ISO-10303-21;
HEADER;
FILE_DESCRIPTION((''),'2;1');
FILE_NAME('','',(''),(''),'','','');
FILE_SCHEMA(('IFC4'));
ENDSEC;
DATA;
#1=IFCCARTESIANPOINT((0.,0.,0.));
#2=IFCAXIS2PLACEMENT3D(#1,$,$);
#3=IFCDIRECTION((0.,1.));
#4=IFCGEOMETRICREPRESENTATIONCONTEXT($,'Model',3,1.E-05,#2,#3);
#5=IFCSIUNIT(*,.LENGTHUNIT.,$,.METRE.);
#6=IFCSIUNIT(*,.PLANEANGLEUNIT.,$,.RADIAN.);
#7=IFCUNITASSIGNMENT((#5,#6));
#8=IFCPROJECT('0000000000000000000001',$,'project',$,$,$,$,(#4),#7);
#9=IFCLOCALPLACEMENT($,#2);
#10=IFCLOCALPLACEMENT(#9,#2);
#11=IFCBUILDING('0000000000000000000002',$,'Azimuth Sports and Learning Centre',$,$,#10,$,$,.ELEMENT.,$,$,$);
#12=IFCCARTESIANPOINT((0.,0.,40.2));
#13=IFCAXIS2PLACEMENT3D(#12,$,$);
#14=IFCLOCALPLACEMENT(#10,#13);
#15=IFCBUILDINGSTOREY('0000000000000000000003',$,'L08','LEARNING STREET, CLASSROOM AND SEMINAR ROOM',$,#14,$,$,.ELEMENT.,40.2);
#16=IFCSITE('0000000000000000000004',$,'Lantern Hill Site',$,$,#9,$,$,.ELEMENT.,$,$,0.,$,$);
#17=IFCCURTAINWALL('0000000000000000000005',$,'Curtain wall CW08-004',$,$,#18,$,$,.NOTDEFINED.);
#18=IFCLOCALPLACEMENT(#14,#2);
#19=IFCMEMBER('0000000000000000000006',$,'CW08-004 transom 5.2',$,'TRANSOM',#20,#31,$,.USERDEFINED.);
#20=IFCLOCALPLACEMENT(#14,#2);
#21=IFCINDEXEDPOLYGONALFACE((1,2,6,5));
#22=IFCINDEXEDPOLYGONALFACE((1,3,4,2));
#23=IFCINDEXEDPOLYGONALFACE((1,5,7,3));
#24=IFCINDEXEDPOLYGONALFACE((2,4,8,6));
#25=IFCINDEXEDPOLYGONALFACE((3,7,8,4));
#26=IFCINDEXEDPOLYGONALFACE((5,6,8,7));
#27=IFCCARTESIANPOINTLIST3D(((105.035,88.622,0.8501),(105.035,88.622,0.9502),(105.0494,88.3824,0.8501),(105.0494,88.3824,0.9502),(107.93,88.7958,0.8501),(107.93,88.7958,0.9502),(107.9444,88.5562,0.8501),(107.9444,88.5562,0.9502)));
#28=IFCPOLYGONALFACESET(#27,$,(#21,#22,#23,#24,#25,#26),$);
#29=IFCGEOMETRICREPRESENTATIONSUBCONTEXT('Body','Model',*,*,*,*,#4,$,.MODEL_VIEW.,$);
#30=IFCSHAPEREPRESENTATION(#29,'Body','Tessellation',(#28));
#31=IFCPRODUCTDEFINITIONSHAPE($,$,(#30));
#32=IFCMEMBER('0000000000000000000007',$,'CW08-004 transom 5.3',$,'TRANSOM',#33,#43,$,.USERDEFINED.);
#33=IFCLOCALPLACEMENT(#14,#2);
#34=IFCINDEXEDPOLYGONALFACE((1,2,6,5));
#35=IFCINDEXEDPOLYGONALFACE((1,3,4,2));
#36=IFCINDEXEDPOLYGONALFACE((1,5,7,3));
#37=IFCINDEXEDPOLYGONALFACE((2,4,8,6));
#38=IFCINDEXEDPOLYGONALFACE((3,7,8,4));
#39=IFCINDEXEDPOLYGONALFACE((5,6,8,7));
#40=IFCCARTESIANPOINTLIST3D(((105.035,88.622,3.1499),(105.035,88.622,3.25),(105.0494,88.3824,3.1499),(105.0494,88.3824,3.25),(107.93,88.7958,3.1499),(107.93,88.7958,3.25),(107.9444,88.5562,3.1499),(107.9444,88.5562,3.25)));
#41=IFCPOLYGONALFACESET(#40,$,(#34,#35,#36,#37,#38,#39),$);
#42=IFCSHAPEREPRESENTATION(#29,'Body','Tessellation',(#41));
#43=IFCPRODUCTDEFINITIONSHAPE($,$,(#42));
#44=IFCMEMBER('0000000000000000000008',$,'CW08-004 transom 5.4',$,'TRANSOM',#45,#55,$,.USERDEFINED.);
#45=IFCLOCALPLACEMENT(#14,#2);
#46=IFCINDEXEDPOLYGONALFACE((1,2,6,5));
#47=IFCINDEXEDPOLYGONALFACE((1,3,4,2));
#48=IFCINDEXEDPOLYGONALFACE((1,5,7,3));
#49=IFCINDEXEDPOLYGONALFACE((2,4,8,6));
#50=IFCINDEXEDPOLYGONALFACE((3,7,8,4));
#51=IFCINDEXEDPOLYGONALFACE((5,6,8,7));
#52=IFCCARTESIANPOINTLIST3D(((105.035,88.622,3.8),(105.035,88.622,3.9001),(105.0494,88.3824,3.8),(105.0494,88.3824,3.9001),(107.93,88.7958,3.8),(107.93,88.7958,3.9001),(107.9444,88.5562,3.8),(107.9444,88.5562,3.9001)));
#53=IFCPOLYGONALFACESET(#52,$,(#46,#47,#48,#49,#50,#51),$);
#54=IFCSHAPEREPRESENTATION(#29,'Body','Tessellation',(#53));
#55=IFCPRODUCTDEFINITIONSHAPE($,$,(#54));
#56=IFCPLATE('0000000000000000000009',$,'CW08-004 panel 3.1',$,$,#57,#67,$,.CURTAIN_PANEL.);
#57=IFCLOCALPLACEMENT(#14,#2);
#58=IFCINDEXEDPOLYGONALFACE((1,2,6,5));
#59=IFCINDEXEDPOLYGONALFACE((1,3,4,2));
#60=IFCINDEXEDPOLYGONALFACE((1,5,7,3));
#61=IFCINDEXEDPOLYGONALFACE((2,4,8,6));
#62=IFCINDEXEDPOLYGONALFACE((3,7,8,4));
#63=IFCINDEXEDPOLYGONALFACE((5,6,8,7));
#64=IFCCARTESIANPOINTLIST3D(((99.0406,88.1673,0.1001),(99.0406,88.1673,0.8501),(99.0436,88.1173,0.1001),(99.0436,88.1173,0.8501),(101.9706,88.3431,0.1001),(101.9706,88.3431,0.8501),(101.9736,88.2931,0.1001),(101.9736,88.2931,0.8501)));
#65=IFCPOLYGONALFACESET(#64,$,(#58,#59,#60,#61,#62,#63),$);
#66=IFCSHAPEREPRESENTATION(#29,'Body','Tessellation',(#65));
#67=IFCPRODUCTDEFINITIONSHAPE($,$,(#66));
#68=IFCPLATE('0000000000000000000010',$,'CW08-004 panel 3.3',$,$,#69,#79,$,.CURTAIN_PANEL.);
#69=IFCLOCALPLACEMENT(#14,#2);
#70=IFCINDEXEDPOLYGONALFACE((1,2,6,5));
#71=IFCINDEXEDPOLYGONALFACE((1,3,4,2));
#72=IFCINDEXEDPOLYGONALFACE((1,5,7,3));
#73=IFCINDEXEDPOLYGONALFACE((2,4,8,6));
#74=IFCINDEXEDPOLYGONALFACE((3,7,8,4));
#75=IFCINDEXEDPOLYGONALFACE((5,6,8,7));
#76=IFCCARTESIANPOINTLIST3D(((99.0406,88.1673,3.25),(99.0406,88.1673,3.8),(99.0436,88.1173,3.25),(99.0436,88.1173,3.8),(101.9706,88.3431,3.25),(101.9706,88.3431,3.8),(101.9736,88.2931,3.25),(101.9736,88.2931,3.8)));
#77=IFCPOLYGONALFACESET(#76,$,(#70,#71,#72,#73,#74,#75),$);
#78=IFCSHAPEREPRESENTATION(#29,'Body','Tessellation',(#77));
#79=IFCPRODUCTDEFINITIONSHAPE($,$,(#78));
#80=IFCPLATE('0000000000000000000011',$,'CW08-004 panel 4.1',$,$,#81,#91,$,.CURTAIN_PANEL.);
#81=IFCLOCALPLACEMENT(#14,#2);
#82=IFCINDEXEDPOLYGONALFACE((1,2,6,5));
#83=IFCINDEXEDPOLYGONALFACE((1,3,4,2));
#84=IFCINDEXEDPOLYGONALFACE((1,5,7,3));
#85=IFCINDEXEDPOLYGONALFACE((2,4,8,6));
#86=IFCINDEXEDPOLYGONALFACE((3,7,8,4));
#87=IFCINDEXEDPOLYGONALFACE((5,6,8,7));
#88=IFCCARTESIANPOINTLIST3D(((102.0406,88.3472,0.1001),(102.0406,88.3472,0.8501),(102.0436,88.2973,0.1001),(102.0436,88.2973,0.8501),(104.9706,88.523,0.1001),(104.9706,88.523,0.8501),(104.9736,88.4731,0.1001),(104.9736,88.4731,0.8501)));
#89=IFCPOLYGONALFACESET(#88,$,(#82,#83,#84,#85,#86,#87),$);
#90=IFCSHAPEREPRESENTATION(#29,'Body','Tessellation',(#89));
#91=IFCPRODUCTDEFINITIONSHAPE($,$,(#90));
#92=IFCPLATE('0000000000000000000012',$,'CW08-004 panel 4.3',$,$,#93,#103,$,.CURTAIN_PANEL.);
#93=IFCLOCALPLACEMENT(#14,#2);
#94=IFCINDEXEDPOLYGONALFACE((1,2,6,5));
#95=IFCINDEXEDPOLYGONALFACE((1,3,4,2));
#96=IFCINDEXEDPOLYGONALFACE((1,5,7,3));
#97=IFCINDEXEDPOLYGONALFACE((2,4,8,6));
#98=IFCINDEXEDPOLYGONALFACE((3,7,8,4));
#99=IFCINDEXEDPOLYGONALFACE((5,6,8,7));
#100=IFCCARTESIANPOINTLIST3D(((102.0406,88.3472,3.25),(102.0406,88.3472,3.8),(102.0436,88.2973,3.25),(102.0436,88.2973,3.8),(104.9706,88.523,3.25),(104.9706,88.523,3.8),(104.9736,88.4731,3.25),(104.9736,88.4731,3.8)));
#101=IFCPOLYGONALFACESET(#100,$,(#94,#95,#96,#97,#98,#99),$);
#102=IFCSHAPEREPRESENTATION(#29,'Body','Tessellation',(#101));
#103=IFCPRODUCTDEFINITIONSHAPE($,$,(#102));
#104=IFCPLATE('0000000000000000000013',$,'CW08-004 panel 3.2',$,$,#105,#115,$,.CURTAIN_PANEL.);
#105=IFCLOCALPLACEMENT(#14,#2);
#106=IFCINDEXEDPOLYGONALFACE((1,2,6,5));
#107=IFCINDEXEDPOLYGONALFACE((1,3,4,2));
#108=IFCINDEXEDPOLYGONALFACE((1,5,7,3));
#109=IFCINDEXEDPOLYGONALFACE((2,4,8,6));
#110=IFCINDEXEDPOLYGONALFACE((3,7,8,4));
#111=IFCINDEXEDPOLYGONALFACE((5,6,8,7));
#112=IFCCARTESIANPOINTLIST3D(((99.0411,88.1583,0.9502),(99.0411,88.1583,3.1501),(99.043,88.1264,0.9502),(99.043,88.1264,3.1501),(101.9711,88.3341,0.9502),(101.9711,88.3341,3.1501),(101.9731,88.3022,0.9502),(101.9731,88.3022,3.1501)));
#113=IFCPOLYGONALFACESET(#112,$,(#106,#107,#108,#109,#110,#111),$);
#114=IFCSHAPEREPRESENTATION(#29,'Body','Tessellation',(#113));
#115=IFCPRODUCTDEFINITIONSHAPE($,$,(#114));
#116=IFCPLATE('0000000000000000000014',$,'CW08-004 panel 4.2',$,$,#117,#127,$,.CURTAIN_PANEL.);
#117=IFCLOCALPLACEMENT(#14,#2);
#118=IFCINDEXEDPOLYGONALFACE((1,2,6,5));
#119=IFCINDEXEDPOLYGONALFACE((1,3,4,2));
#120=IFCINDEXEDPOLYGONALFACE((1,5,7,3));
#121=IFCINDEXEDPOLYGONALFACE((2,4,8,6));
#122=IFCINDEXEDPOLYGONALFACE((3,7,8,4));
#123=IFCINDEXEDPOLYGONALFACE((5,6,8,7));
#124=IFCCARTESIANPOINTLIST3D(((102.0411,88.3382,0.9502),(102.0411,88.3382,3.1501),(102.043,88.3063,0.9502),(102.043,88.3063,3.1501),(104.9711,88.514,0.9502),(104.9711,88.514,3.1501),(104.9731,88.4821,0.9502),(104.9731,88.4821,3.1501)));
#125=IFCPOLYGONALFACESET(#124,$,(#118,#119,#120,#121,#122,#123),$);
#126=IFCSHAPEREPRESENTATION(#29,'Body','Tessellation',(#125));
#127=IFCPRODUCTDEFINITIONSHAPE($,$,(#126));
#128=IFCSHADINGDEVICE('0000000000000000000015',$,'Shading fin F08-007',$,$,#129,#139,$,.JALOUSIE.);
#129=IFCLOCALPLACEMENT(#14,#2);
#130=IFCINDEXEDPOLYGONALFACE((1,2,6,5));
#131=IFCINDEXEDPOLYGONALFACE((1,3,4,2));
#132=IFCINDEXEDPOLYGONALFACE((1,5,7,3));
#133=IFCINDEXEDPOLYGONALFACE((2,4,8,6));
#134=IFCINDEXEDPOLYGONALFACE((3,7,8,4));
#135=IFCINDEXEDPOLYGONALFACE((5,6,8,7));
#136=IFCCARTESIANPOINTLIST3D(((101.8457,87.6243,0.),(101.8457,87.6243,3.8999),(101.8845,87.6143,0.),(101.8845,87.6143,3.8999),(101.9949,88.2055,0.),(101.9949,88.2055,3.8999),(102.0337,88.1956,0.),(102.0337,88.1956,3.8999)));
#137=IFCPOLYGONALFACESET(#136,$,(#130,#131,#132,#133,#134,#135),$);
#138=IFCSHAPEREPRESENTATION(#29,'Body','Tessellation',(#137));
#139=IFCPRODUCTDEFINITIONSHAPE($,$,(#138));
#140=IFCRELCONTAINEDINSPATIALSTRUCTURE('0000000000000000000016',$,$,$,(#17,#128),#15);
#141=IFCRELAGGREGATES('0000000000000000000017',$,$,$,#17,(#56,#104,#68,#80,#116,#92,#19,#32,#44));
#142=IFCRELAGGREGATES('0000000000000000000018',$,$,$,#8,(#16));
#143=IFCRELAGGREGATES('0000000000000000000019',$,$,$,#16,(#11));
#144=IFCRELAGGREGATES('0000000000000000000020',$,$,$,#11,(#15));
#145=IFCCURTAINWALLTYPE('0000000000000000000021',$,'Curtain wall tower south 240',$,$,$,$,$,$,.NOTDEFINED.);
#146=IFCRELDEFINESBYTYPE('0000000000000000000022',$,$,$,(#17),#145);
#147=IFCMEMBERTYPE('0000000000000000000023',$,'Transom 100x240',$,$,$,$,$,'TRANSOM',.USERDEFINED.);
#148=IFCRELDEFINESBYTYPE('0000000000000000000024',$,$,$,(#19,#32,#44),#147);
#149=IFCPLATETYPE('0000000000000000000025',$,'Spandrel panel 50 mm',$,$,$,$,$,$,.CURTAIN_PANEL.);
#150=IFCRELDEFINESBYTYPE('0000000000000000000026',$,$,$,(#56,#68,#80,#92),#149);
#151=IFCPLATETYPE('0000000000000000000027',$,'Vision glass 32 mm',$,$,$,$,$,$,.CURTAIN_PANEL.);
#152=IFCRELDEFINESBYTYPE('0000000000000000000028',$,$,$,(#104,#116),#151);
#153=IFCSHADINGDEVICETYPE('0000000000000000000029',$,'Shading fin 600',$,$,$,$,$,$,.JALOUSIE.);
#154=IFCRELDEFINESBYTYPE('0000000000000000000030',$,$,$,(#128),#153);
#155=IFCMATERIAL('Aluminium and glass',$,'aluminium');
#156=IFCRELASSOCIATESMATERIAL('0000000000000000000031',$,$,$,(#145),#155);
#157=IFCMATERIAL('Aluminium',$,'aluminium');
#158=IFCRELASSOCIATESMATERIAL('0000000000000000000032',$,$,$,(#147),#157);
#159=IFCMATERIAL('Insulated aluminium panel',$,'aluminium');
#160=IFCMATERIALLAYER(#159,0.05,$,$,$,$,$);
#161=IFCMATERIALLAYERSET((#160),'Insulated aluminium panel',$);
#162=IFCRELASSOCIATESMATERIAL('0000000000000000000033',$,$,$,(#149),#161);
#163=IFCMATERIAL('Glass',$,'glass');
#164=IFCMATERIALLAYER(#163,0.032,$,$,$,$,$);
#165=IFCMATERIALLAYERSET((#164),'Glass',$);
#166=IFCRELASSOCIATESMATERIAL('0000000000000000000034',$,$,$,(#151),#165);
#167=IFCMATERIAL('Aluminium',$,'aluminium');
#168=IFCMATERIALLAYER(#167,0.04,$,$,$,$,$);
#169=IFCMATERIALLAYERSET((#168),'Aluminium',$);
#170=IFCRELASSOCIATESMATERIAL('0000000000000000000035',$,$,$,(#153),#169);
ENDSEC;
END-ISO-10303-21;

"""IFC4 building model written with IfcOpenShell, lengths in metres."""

from ifc_helpers import new_model, si_unit, direction, frame, origin, origin_2d, place, context, subcontext, project, spatial, rectangle, extrude, material, layer, layer_set, material_profile, profile_set, type_object, element, aggregate, save


model = new_model("IFC4")

# Units and contexts
model_context = context("Model", 3, precision=1e-05, world=origin(), true_north=direction((0.0, 1.0)))
body_context = subcontext(model_context, "Body", "Model", "MODEL_VIEW")
ifc_project = project(units=[si_unit("LENGTHUNIT", "METRE"), si_unit("PLANEANGLEUNIT", "RADIAN")], contexts=[model_context])

# Site, building, storey
site_placement = place(None, origin())
site = spatial("IfcSite", under=ifc_project, at=site_placement, Name="Lantern Hill Site", CompositionType="ELEMENT", RefElevation=0.0)
building_placement = place(site_placement, origin())
building = spatial("IfcBuilding", under=site, at=building_placement, Name="Azimuth Sports and Learning Centre", CompositionType="ELEMENT")
storey_placement = place(building_placement, frame((0.0, 0.0, 40.2)))
storey = spatial("IfcBuildingStorey", under=building, at=storey_placement, Name="L08", Description="LEARNING STREET, CLASSROOM AND SEMINAR ROOM", CompositionType="ELEMENT", Elevation=40.2)

# Curtain wall, members, plates
ifc_material_1 = material(Name="Aluminium and glass", Category="aluminium")
curtain_wall_type = type_object("IfcCurtainWallType", Name="Curtain wall tower south 240", PredefinedType="NOTDEFINED", material=ifc_material_1)
curtain_wall_placement = place(storey_placement, origin())
curtain_wall = element("IfcCurtainWall", 1, at=curtain_wall_placement, inside=storey, type_object=curtain_wall_type, Name="Curtain wall CW08-004", PredefinedType="NOTDEFINED")
ifc_material_2 = material(Name="Aluminium", Category="aluminium")
ifc_material_profile_1 = material_profile(ifc_material_2, rectangle(XDim=0.24, YDim=0.1001, at=origin_2d()), Name="Transom 100x240")
ifc_profile_set_1 = profile_set([ifc_material_profile_1], Name="Aluminium")
member_type_1 = type_object("IfcMemberType", Name="Transom 100x240", ElementType="TRANSOM", PredefinedType="USERDEFINED", material=ifc_profile_set_1)
member_1_placement = place(storey_placement, frame((105.0422, 88.5022, 0.9001), z_axis=(0.998202, 0.059936, 0.0), x_axis=(-0.059936, 0.998202, 0.0)))
member_1 = element("IfcMember", 2, at=member_1_placement, type_object=member_type_1, Name="CW08-004 transom 5.2", ObjectType="TRANSOM", PredefinedType="USERDEFINED", context=body_context, shape_type="SweptSolid", body=[
    extrude(rectangle(XDim=0.24, YDim=0.1001, at=origin_2d()), origin(), (0.0, 0.0, 1.0), 2.9001),
])
member_2_placement = place(storey_placement, frame((105.0422, 88.5022, 3.2), z_axis=(0.998202, 0.059936, 0.0), x_axis=(-0.059936, 0.998202, 0.0)))
member_2 = element("IfcMember", 3, at=member_2_placement, type_object=member_type_1, Name="CW08-004 transom 5.3", ObjectType="TRANSOM", PredefinedType="USERDEFINED", context=body_context, shape_type="SweptSolid", body=[
    extrude(rectangle(XDim=0.24, YDim=0.1001, at=origin_2d()), origin(), (0.0, 0.0, 1.0), 2.9001),
])
member_3_placement = place(storey_placement, frame((105.0422, 88.5022, 3.8501), z_axis=(0.998202, 0.059936, 0.0), x_axis=(-0.059936, 0.998202, 0.0)))
member_3 = element("IfcMember", 4, at=member_3_placement, type_object=member_type_1, Name="CW08-004 transom 5.4", ObjectType="TRANSOM", PredefinedType="USERDEFINED", context=body_context, shape_type="SweptSolid", body=[
    extrude(rectangle(XDim=0.24, YDim=0.1001, at=origin_2d()), origin(), (0.0, 0.0, 1.0), 2.9001),
])
ifc_material_3 = material(Name="Insulated aluminium panel", Category="aluminium")
ifc_layer_1 = layer(ifc_material_3, 0.05)
ifc_layer_set_1 = layer_set([ifc_layer_1], Name="Insulated aluminium panel")
plate_type_1 = type_object("IfcPlateType", Name="Spandrel panel 50 mm", PredefinedType="CURTAIN_PANEL", material=ifc_layer_set_1)
plate_1_placement = place(storey_placement, frame((100.5071, 88.2302, 0.1001), z_axis=(0.0, 0.0, 1.0), x_axis=(0.998205, 0.059892, 0.0)))
plate_1 = element("IfcPlate", 5, at=plate_1_placement, type_object=plate_type_1, Name="CW08-004 panel 3.1", PredefinedType="CURTAIN_PANEL", context=body_context, shape_type="SweptSolid", body=[
    extrude(rectangle(XDim=2.9353, YDim=0.05, at=origin_2d()), origin(), (0.0, 0.0, 1.0), 0.75),
])
plate_2_placement = place(storey_placement, frame((100.5071, 88.2302, 3.25), z_axis=(0.0, 0.0, 1.0), x_axis=(0.998205, 0.059892, 0.0)))
plate_2 = element("IfcPlate", 6, at=plate_2_placement, type_object=plate_type_1, Name="CW08-004 panel 3.3", PredefinedType="CURTAIN_PANEL", context=body_context, shape_type="SweptSolid", body=[
    extrude(rectangle(XDim=2.9353, YDim=0.05, at=origin_2d()), origin(), (0.0, 0.0, 1.0), 0.55),
])
plate_3_placement = place(storey_placement, frame((103.5071, 88.4102, 0.1001), z_axis=(0.0, 0.0, 1.0), x_axis=(0.998205, 0.059892, 0.0)))
plate_3 = element("IfcPlate", 7, at=plate_3_placement, type_object=plate_type_1, Name="CW08-004 panel 4.1", PredefinedType="CURTAIN_PANEL", context=body_context, shape_type="SweptSolid", body=[
    extrude(rectangle(XDim=2.9353, YDim=0.05, at=origin_2d()), origin(), (0.0, 0.0, 1.0), 0.75),
])
plate_4_placement = place(storey_placement, frame((103.5071, 88.4102, 3.25), z_axis=(0.0, 0.0, 1.0), x_axis=(0.998205, 0.059892, 0.0)))
plate_4 = element("IfcPlate", 8, at=plate_4_placement, type_object=plate_type_1, Name="CW08-004 panel 4.3", PredefinedType="CURTAIN_PANEL", context=body_context, shape_type="SweptSolid", body=[
    extrude(rectangle(XDim=2.9353, YDim=0.05, at=origin_2d()), origin(), (0.0, 0.0, 1.0), 0.55),
])
ifc_material_4 = material(Name="Glass", Category="glass")
ifc_layer_2 = layer(ifc_material_4, 0.032)
ifc_layer_set_2 = layer_set([ifc_layer_2], Name="Glass")
plate_type_2 = type_object("IfcPlateType", Name="Vision glass 32 mm", PredefinedType="CURTAIN_PANEL", material=ifc_layer_set_2)
plate_5_placement = place(storey_placement, frame((100.5071, 88.2302, 0.9502), z_axis=(0.0, 0.0, 1.0), x_axis=(0.998205, 0.059892, 0.0)))
plate_5 = element("IfcPlate", 9, at=plate_5_placement, type_object=plate_type_2, Name="CW08-004 panel 3.2", PredefinedType="CURTAIN_PANEL", context=body_context, shape_type="SweptSolid", body=[
    extrude(rectangle(XDim=2.9353, YDim=0.032, at=origin_2d()), origin(), (0.0, 0.0, 1.0), 2.2),
])
plate_6_placement = place(storey_placement, frame((103.5071, 88.4102, 0.9502), z_axis=(0.0, 0.0, 1.0), x_axis=(0.998205, 0.059892, 0.0)))
plate_6 = element("IfcPlate", 10, at=plate_6_placement, type_object=plate_type_2, Name="CW08-004 panel 4.2", PredefinedType="CURTAIN_PANEL", context=body_context, shape_type="SweptSolid", body=[
    extrude(rectangle(XDim=2.9353, YDim=0.032, at=origin_2d()), origin(), (0.0, 0.0, 1.0), 2.2),
])
aggregate(curtain_wall, [plate_1, plate_5, plate_2, plate_3, plate_6, plate_4, member_1, member_2, member_3])

# Shading device
ifc_material_5 = material(Name="Aluminium", Category="aluminium")
ifc_layer_3 = layer(ifc_material_5, 0.04)
ifc_layer_set_3 = layer_set([ifc_layer_3], Name="Aluminium")
shading_device_type = type_object("IfcShadingDeviceType", Name="Shading fin 600", PredefinedType="JALOUSIE", material=ifc_layer_set_3)
shading_device_placement = place(storey_placement, frame((101.9397, 87.9099, 0.0), z_axis=(0.0, 0.0, 1.0), x_axis=(-0.248721, -0.968575, 0.0)))
element("IfcShadingDevice", 11, at=shading_device_placement, inside=storey, type_object=shading_device_type, Name="Shading fin F08-007", PredefinedType="JALOUSIE", context=body_context, shape_type="SweptSolid", body=[
    extrude(rectangle(XDim=0.6001, YDim=0.04, at=origin_2d()), origin(), (0.0, 0.0, 1.0), 3.8999),
])

save(model, "model.ifc")
